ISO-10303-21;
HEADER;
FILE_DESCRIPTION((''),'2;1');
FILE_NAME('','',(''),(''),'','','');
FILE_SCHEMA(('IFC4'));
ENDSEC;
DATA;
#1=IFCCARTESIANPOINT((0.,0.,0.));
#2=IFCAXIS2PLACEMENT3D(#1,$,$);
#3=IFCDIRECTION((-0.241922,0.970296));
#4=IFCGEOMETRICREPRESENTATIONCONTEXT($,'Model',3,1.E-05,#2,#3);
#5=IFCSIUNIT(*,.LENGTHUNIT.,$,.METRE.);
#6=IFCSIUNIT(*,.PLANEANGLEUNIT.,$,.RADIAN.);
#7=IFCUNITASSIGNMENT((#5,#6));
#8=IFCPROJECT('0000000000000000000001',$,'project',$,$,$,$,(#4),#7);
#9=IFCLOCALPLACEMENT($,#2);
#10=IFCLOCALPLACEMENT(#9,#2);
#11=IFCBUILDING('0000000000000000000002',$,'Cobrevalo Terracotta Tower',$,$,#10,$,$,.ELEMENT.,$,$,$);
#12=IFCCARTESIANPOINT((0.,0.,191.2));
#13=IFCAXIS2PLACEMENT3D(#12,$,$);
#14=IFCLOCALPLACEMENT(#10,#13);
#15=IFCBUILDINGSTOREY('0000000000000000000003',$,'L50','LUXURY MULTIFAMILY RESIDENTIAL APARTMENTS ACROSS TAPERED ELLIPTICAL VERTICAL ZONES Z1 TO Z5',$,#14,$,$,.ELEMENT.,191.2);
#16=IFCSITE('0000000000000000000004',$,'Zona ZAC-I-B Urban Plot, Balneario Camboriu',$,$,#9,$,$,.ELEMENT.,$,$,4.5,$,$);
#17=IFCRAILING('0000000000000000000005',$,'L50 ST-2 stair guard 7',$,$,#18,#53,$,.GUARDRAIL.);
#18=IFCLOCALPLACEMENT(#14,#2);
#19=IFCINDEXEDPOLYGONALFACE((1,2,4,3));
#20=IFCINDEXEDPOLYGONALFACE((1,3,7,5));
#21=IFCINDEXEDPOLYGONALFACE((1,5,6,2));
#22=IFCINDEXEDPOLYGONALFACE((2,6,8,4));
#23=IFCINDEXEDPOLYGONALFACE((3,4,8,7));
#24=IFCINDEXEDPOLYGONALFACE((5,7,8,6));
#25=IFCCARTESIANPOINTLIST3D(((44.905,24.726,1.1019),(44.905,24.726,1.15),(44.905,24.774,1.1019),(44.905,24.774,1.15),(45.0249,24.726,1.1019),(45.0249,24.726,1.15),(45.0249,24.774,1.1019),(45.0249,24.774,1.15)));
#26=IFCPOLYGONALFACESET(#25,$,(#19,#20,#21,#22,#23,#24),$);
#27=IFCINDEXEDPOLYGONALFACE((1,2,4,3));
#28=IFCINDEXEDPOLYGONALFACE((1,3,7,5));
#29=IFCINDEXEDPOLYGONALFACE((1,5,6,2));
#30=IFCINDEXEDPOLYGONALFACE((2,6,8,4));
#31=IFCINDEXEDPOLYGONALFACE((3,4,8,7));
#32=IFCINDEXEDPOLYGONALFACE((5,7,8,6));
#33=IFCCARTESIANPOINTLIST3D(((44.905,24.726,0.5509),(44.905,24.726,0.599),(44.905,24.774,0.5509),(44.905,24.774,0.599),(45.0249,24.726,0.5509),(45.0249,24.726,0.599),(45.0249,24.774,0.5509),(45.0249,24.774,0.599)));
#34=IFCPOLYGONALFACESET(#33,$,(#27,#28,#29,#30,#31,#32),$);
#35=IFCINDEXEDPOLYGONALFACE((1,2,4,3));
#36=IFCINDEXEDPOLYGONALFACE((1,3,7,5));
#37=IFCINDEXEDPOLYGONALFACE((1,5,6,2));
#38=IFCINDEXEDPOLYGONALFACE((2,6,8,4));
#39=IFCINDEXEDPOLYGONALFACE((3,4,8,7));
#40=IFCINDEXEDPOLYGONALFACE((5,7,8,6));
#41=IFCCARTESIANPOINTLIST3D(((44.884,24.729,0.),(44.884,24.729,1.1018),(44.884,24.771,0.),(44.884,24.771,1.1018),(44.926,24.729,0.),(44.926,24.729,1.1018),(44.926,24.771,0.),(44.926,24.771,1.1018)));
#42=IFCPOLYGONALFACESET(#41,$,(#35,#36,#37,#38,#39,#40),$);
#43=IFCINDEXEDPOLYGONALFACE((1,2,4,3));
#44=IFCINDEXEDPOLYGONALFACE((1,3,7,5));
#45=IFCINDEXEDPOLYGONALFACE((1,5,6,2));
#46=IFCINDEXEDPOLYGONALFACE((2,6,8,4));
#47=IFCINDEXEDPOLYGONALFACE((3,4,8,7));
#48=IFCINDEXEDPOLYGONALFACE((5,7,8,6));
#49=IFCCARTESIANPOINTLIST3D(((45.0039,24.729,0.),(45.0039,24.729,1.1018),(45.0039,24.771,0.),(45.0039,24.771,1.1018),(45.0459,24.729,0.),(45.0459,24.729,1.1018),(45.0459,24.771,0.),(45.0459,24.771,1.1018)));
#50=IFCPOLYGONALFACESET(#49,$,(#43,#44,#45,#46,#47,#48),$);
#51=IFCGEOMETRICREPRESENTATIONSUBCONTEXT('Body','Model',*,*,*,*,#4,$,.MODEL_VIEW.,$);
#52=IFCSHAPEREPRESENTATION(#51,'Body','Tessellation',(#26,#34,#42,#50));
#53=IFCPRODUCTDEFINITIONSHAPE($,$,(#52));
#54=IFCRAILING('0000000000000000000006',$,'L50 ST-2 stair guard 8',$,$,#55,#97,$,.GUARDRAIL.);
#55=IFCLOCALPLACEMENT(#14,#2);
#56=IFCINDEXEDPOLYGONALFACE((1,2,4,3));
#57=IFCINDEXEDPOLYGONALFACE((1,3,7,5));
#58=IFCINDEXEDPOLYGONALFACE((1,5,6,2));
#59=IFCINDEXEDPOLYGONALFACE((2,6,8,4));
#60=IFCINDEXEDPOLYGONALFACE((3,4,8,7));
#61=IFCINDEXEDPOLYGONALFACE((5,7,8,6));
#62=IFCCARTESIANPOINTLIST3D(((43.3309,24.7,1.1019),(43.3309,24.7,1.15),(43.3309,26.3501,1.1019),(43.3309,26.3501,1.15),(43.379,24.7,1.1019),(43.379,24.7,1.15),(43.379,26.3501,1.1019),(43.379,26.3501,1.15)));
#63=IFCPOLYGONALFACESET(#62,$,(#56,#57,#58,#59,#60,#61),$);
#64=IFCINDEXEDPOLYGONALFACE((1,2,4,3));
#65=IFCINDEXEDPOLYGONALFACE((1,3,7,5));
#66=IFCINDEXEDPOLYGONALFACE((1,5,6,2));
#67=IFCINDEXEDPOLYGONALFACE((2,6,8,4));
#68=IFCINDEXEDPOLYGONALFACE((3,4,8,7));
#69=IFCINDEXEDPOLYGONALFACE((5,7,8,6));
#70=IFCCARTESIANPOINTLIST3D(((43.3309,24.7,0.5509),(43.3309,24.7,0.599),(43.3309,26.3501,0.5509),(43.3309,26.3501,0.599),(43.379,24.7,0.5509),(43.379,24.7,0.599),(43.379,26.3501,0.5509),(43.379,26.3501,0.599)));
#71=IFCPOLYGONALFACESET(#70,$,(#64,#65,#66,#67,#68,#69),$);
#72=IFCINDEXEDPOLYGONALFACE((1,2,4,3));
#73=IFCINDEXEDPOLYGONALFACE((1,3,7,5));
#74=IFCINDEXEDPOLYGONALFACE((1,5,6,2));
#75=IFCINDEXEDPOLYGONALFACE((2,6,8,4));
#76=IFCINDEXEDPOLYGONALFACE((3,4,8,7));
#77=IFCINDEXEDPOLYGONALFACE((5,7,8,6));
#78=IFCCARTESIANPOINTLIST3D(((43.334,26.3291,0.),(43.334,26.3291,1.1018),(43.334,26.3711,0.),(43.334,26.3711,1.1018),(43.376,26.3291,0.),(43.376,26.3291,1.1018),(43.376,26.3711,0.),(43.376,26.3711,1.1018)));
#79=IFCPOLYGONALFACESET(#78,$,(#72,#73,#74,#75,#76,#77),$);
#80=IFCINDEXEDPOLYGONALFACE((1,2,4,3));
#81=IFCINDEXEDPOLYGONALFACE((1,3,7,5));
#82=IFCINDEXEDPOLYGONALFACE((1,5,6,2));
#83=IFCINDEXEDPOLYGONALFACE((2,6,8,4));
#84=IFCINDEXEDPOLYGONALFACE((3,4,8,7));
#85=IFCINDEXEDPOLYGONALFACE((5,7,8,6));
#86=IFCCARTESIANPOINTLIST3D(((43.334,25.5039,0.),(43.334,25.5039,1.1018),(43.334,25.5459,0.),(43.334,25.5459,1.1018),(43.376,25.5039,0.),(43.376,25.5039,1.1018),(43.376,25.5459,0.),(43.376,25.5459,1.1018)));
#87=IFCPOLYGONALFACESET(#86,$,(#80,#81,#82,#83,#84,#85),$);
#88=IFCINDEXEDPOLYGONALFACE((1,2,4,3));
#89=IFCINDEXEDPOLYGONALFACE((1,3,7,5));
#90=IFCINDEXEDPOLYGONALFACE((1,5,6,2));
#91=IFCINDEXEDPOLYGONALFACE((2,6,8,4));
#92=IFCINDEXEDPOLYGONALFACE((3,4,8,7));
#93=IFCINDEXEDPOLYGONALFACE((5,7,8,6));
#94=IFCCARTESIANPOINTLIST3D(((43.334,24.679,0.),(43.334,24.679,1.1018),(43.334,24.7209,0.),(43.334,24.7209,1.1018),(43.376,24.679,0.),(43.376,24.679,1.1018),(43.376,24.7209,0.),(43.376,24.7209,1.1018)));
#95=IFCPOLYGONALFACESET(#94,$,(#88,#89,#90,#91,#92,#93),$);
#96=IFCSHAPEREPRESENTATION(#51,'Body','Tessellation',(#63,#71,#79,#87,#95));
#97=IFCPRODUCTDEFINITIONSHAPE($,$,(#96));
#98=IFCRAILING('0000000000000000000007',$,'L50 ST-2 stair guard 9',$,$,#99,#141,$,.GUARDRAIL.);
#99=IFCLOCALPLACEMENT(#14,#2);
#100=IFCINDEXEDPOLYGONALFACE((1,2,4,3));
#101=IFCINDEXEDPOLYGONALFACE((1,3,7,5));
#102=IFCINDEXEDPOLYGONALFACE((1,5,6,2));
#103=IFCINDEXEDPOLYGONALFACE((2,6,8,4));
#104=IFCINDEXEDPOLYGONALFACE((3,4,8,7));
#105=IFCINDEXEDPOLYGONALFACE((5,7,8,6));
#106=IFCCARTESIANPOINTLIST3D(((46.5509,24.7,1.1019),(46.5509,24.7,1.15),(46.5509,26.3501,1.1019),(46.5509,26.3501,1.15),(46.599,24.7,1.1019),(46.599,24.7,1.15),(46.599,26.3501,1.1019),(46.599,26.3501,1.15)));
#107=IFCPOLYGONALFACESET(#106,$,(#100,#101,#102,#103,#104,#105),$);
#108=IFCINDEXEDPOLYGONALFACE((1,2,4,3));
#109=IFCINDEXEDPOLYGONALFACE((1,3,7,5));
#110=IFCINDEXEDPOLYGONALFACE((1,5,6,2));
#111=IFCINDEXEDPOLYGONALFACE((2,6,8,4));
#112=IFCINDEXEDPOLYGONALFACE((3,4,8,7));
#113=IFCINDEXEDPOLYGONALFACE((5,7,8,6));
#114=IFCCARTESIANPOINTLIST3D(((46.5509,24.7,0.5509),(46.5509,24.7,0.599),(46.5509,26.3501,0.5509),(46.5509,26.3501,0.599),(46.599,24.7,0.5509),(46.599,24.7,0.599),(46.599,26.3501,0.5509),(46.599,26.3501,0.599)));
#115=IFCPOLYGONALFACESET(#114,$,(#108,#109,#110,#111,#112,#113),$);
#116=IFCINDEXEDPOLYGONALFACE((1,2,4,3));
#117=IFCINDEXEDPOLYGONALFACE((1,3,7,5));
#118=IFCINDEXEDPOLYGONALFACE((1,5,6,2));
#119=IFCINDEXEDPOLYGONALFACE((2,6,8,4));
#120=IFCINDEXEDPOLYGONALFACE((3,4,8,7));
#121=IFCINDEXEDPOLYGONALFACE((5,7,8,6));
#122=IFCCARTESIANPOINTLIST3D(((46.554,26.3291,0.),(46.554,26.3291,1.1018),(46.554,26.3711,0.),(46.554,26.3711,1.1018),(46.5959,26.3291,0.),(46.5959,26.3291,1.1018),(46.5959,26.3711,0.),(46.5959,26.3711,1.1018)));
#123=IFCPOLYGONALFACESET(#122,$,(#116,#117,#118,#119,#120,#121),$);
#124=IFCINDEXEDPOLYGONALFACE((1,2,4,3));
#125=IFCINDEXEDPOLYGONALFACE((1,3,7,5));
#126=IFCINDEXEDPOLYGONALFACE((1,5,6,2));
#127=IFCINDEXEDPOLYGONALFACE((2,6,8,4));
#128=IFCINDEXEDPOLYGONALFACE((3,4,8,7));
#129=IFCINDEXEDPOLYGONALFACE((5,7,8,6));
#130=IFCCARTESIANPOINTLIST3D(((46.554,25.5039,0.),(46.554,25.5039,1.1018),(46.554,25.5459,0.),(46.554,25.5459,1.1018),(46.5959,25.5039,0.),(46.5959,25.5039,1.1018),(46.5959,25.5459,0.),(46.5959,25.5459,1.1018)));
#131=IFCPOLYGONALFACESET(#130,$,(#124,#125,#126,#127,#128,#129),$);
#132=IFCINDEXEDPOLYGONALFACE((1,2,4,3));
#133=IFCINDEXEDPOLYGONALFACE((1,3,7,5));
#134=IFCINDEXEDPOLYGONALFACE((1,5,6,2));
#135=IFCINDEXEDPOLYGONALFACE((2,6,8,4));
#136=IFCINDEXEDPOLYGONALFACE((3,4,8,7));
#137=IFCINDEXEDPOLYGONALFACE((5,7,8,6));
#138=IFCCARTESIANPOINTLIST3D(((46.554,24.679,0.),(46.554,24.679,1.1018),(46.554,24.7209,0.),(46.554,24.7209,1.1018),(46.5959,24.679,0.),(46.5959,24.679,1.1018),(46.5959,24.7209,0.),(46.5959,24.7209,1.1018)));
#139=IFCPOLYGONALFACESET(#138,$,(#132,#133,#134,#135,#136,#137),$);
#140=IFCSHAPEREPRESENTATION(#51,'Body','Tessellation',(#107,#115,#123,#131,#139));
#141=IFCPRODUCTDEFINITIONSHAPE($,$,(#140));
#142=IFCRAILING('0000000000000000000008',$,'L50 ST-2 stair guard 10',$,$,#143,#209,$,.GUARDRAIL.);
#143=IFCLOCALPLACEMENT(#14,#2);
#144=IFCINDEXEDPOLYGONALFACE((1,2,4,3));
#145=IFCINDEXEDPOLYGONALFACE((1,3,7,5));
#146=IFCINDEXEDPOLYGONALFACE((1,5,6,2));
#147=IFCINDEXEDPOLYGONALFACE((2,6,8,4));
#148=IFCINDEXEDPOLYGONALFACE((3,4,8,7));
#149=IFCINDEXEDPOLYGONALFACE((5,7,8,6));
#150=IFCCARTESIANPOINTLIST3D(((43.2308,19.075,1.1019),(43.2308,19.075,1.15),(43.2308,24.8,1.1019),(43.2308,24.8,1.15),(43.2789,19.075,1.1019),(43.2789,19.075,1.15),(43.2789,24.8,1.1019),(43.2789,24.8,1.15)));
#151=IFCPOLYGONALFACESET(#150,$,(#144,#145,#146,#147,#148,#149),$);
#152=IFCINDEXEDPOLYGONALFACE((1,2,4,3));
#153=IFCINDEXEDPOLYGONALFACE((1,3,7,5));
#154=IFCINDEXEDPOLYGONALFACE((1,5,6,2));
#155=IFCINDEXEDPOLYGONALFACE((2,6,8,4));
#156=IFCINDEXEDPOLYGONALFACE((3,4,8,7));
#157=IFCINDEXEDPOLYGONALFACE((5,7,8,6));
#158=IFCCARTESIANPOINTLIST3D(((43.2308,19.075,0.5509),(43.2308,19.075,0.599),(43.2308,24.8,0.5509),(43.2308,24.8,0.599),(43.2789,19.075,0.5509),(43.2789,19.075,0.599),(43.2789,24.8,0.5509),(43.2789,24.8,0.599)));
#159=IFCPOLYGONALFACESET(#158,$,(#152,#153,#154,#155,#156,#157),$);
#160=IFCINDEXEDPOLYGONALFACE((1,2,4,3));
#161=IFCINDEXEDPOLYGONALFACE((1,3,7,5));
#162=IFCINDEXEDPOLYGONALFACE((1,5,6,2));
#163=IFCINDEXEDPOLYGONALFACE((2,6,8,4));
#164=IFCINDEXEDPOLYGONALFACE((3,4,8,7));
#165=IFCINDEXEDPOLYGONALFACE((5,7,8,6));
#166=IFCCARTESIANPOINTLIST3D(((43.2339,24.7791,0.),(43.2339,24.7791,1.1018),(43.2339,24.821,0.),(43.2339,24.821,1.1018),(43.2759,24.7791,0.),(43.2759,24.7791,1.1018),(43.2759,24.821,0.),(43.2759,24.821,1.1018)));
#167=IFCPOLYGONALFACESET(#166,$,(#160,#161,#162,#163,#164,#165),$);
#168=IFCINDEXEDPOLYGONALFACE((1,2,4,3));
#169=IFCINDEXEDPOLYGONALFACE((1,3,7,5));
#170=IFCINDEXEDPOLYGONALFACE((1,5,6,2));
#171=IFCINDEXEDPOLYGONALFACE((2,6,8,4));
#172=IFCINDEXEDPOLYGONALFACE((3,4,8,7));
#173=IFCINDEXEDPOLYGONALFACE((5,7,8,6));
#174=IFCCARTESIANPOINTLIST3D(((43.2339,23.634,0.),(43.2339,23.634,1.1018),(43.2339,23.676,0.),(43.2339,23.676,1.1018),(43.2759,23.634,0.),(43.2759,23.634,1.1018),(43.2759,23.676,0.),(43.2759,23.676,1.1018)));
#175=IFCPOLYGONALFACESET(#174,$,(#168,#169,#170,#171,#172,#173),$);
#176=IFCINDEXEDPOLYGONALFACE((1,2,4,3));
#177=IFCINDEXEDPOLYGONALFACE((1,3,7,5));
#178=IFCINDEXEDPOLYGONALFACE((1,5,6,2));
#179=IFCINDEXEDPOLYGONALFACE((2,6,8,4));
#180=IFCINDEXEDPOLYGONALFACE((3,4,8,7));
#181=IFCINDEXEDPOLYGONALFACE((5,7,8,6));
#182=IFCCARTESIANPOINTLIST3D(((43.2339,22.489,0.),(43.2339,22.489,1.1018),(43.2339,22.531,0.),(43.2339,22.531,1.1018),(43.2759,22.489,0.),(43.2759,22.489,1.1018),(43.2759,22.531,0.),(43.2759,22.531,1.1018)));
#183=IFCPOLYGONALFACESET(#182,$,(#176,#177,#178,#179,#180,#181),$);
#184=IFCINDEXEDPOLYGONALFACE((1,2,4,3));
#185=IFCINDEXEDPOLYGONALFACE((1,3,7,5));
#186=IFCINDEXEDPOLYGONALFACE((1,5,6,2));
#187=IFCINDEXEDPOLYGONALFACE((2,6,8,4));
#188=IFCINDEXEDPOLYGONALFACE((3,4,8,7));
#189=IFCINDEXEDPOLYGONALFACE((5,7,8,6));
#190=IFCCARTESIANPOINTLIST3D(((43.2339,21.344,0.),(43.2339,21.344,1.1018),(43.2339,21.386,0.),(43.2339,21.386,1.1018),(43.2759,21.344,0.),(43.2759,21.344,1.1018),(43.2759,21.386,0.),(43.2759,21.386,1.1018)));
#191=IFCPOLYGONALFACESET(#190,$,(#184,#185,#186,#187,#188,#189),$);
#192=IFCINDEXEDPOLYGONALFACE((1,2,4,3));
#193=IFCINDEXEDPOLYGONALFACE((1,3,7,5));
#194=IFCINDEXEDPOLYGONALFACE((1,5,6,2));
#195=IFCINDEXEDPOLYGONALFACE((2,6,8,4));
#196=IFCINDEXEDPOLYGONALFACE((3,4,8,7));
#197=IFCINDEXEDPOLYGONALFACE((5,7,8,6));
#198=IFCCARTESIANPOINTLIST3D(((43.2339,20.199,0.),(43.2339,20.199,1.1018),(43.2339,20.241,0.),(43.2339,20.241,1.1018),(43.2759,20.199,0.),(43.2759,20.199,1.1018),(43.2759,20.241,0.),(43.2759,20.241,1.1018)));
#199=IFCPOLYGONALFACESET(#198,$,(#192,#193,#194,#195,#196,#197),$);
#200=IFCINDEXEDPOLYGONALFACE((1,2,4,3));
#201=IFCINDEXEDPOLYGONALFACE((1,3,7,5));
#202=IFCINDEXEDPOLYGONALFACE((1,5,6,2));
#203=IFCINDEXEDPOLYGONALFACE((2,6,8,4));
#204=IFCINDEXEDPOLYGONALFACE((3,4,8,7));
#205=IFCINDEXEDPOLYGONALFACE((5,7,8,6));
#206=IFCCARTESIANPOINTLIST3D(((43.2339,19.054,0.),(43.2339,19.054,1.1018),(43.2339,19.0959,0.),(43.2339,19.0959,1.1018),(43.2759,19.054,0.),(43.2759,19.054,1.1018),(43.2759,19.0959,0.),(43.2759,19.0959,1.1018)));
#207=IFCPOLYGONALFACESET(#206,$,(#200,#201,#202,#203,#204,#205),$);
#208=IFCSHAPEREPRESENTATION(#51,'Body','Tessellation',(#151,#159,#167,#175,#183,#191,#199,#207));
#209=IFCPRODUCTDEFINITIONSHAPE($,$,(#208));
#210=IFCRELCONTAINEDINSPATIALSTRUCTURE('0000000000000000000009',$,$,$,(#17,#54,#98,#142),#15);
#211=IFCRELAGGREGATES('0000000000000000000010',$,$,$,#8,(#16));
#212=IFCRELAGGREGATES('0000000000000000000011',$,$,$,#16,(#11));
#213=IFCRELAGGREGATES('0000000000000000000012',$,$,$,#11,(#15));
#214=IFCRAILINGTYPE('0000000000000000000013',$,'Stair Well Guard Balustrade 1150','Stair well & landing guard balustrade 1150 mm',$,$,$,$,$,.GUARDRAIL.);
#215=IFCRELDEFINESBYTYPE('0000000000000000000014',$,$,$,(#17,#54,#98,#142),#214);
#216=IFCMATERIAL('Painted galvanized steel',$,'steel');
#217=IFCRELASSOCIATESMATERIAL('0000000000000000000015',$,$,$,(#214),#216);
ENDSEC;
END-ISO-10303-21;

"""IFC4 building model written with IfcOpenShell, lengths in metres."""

from ifc_helpers import new_model, si_unit, direction, frame, origin, origin_2d, place, context, subcontext, project, spatial, rectangle, extrude, material, type_object, element, save


model = new_model("IFC4")

# Units and contexts
model_context = context("Model", 3, precision=1e-05, world=origin(), true_north=direction((-0.241922, 0.970296)))
body_context = subcontext(model_context, "Body", "Model", "MODEL_VIEW")
ifc_project = project(units=[si_unit("LENGTHUNIT", "METRE"), si_unit("PLANEANGLEUNIT", "RADIAN")], contexts=[model_context])

# Site, building, storey
site_placement = place(None, origin())
site = spatial("IfcSite", under=ifc_project, at=site_placement, Name="Zona ZAC-I-B Urban Plot, Balneario Camboriu", CompositionType="ELEMENT", RefElevation=4.5)
building_placement = place(site_placement, origin())
building = spatial("IfcBuilding", under=site, at=building_placement, Name="Cobrevalo Terracotta Tower", CompositionType="ELEMENT")
storey_placement = place(building_placement, frame((0.0, 0.0, 191.2)))
storey = spatial("IfcBuildingStorey", under=building, at=storey_placement, Name="L50", Description="LUXURY MULTIFAMILY RESIDENTIAL APARTMENTS ACROSS TAPERED ELLIPTICAL VERTICAL ZONES Z1 TO Z5", CompositionType="ELEMENT", Elevation=191.2)

# Railings
ifc_material_1 = material(Name="Painted galvanized steel", Category="steel")
railing_type_1 = type_object("IfcRailingType", Name="Stair Well Guard Balustrade 1150", Description="Stair well & landing guard balustrade 1150 mm", PredefinedType="GUARDRAIL", material=ifc_material_1)
railing_1_placement = place(storey_placement, frame((44.905, 24.75, 0.0)))
element("IfcRailing", 1, at=railing_1_placement, inside=storey, type_object=railing_type_1, Name="L50 ST-2 stair guard 7", PredefinedType="GUARDRAIL", context=body_context, shape_type="SweptSolid", body=[
    extrude(rectangle(XDim=0.0481, YDim=0.0481, at=origin_2d()), frame((0.0, 0.0, 1.126), z_axis=(1.0, 0.0, 0.0), x_axis=(0.0, 1.0, 0.0)), (0.0, 0.0, 1.0), 0.1199),
    extrude(rectangle(XDim=0.0481, YDim=0.0481, at=origin_2d()), frame((0.0, 0.0, 0.575), z_axis=(1.0, 0.0, 0.0), x_axis=(0.0, 1.0, 0.0)), (0.0, 0.0, 1.0), 0.1199),
    extrude(rectangle(XDim=0.042, YDim=0.042, at=origin_2d()), origin(), (0.0, 0.0, 1.0), 1.1018),
    extrude(rectangle(XDim=0.042, YDim=0.042, at=origin_2d()), frame((0.1199, 0.0, 0.0)), (0.0, 0.0, 1.0), 1.1018),
])
for number, where, name in (
    (2, (43.355, 26.3501, 0.0), "L50 ST-2 stair guard 8"),
    (3, (46.575, 26.3501, 0.0), "L50 ST-2 stair guard 9"),
):
    element("IfcRailing", number, at=place(storey_placement, frame(where)), inside=storey, type_object=railing_type_1, Name=name, PredefinedType="GUARDRAIL", context=body_context, shape_type="SweptSolid", body=[
        extrude(rectangle(XDim=0.0481, YDim=0.0481, at=origin_2d()), frame((0.0, 0.0, 1.126), z_axis=(0.0, -1.0, 0.0), x_axis=(1.0, 0.0, 0.0)), (0.0, 0.0, 1.0), 1.6501),
        extrude(rectangle(XDim=0.0481, YDim=0.0481, at=origin_2d()), frame((0.0, 0.0, 0.575), z_axis=(0.0, -1.0, 0.0), x_axis=(1.0, 0.0, 0.0)), (0.0, 0.0, 1.0), 1.6501),
        extrude(rectangle(XDim=0.042, YDim=0.042, at=origin_2d()), origin(), (0.0, 0.0, 1.0), 1.1018),
        extrude(rectangle(XDim=0.042, YDim=0.042, at=origin_2d()), frame((0.0, -0.8252, 0.0)), (0.0, 0.0, 1.0), 1.1018),
        extrude(rectangle(XDim=0.042, YDim=0.042, at=origin_2d()), frame((0.0, -1.6501, 0.0)), (0.0, 0.0, 1.0), 1.1018),
    ])
for number, where, name in (
    (4, (43.2549, 24.8, 0.0), "L50 ST-2 stair guard 10"),
):
    element("IfcRailing", number, at=place(storey_placement, frame(where)), inside=storey, type_object=railing_type_1, Name=name, PredefinedType="GUARDRAIL", context=body_context, shape_type="SweptSolid", body=[
        extrude(rectangle(XDim=0.0481, YDim=0.0481, at=origin_2d()), frame((0.0, 0.0, 1.126), z_axis=(0.0, -1.0, 0.0), x_axis=(1.0, 0.0, 0.0)), (0.0, 0.0, 1.0), 5.7251),
        extrude(rectangle(XDim=0.0481, YDim=0.0481, at=origin_2d()), frame((0.0, 0.0, 0.575), z_axis=(0.0, -1.0, 0.0), x_axis=(1.0, 0.0, 0.0)), (0.0, 0.0, 1.0), 5.7251),
        extrude(rectangle(XDim=0.042, YDim=0.042, at=origin_2d()), origin(), (0.0, 0.0, 1.0), 1.1018),
        extrude(rectangle(XDim=0.042, YDim=0.042, at=origin_2d()), frame((0.0, -1.145, 0.0)), (0.0, 0.0, 1.0), 1.1018),
        extrude(rectangle(XDim=0.042, YDim=0.042, at=origin_2d()), frame((0.0, -2.29, 0.0)), (0.0, 0.0, 1.0), 1.1018),
        extrude(rectangle(XDim=0.042, YDim=0.042, at=origin_2d()), frame((0.0, -3.4351, 0.0)), (0.0, 0.0, 1.0), 1.1018),
        extrude(rectangle(XDim=0.042, YDim=0.042, at=origin_2d()), frame((0.0, -4.5801, 0.0)), (0.0, 0.0, 1.0), 1.1018),
        extrude(rectangle(XDim=0.042, YDim=0.042, at=origin_2d()), frame((0.0, -5.7251, 0.0)), (0.0, 0.0, 1.0), 1.1018),
    ])

save(model, "model.ifc")
